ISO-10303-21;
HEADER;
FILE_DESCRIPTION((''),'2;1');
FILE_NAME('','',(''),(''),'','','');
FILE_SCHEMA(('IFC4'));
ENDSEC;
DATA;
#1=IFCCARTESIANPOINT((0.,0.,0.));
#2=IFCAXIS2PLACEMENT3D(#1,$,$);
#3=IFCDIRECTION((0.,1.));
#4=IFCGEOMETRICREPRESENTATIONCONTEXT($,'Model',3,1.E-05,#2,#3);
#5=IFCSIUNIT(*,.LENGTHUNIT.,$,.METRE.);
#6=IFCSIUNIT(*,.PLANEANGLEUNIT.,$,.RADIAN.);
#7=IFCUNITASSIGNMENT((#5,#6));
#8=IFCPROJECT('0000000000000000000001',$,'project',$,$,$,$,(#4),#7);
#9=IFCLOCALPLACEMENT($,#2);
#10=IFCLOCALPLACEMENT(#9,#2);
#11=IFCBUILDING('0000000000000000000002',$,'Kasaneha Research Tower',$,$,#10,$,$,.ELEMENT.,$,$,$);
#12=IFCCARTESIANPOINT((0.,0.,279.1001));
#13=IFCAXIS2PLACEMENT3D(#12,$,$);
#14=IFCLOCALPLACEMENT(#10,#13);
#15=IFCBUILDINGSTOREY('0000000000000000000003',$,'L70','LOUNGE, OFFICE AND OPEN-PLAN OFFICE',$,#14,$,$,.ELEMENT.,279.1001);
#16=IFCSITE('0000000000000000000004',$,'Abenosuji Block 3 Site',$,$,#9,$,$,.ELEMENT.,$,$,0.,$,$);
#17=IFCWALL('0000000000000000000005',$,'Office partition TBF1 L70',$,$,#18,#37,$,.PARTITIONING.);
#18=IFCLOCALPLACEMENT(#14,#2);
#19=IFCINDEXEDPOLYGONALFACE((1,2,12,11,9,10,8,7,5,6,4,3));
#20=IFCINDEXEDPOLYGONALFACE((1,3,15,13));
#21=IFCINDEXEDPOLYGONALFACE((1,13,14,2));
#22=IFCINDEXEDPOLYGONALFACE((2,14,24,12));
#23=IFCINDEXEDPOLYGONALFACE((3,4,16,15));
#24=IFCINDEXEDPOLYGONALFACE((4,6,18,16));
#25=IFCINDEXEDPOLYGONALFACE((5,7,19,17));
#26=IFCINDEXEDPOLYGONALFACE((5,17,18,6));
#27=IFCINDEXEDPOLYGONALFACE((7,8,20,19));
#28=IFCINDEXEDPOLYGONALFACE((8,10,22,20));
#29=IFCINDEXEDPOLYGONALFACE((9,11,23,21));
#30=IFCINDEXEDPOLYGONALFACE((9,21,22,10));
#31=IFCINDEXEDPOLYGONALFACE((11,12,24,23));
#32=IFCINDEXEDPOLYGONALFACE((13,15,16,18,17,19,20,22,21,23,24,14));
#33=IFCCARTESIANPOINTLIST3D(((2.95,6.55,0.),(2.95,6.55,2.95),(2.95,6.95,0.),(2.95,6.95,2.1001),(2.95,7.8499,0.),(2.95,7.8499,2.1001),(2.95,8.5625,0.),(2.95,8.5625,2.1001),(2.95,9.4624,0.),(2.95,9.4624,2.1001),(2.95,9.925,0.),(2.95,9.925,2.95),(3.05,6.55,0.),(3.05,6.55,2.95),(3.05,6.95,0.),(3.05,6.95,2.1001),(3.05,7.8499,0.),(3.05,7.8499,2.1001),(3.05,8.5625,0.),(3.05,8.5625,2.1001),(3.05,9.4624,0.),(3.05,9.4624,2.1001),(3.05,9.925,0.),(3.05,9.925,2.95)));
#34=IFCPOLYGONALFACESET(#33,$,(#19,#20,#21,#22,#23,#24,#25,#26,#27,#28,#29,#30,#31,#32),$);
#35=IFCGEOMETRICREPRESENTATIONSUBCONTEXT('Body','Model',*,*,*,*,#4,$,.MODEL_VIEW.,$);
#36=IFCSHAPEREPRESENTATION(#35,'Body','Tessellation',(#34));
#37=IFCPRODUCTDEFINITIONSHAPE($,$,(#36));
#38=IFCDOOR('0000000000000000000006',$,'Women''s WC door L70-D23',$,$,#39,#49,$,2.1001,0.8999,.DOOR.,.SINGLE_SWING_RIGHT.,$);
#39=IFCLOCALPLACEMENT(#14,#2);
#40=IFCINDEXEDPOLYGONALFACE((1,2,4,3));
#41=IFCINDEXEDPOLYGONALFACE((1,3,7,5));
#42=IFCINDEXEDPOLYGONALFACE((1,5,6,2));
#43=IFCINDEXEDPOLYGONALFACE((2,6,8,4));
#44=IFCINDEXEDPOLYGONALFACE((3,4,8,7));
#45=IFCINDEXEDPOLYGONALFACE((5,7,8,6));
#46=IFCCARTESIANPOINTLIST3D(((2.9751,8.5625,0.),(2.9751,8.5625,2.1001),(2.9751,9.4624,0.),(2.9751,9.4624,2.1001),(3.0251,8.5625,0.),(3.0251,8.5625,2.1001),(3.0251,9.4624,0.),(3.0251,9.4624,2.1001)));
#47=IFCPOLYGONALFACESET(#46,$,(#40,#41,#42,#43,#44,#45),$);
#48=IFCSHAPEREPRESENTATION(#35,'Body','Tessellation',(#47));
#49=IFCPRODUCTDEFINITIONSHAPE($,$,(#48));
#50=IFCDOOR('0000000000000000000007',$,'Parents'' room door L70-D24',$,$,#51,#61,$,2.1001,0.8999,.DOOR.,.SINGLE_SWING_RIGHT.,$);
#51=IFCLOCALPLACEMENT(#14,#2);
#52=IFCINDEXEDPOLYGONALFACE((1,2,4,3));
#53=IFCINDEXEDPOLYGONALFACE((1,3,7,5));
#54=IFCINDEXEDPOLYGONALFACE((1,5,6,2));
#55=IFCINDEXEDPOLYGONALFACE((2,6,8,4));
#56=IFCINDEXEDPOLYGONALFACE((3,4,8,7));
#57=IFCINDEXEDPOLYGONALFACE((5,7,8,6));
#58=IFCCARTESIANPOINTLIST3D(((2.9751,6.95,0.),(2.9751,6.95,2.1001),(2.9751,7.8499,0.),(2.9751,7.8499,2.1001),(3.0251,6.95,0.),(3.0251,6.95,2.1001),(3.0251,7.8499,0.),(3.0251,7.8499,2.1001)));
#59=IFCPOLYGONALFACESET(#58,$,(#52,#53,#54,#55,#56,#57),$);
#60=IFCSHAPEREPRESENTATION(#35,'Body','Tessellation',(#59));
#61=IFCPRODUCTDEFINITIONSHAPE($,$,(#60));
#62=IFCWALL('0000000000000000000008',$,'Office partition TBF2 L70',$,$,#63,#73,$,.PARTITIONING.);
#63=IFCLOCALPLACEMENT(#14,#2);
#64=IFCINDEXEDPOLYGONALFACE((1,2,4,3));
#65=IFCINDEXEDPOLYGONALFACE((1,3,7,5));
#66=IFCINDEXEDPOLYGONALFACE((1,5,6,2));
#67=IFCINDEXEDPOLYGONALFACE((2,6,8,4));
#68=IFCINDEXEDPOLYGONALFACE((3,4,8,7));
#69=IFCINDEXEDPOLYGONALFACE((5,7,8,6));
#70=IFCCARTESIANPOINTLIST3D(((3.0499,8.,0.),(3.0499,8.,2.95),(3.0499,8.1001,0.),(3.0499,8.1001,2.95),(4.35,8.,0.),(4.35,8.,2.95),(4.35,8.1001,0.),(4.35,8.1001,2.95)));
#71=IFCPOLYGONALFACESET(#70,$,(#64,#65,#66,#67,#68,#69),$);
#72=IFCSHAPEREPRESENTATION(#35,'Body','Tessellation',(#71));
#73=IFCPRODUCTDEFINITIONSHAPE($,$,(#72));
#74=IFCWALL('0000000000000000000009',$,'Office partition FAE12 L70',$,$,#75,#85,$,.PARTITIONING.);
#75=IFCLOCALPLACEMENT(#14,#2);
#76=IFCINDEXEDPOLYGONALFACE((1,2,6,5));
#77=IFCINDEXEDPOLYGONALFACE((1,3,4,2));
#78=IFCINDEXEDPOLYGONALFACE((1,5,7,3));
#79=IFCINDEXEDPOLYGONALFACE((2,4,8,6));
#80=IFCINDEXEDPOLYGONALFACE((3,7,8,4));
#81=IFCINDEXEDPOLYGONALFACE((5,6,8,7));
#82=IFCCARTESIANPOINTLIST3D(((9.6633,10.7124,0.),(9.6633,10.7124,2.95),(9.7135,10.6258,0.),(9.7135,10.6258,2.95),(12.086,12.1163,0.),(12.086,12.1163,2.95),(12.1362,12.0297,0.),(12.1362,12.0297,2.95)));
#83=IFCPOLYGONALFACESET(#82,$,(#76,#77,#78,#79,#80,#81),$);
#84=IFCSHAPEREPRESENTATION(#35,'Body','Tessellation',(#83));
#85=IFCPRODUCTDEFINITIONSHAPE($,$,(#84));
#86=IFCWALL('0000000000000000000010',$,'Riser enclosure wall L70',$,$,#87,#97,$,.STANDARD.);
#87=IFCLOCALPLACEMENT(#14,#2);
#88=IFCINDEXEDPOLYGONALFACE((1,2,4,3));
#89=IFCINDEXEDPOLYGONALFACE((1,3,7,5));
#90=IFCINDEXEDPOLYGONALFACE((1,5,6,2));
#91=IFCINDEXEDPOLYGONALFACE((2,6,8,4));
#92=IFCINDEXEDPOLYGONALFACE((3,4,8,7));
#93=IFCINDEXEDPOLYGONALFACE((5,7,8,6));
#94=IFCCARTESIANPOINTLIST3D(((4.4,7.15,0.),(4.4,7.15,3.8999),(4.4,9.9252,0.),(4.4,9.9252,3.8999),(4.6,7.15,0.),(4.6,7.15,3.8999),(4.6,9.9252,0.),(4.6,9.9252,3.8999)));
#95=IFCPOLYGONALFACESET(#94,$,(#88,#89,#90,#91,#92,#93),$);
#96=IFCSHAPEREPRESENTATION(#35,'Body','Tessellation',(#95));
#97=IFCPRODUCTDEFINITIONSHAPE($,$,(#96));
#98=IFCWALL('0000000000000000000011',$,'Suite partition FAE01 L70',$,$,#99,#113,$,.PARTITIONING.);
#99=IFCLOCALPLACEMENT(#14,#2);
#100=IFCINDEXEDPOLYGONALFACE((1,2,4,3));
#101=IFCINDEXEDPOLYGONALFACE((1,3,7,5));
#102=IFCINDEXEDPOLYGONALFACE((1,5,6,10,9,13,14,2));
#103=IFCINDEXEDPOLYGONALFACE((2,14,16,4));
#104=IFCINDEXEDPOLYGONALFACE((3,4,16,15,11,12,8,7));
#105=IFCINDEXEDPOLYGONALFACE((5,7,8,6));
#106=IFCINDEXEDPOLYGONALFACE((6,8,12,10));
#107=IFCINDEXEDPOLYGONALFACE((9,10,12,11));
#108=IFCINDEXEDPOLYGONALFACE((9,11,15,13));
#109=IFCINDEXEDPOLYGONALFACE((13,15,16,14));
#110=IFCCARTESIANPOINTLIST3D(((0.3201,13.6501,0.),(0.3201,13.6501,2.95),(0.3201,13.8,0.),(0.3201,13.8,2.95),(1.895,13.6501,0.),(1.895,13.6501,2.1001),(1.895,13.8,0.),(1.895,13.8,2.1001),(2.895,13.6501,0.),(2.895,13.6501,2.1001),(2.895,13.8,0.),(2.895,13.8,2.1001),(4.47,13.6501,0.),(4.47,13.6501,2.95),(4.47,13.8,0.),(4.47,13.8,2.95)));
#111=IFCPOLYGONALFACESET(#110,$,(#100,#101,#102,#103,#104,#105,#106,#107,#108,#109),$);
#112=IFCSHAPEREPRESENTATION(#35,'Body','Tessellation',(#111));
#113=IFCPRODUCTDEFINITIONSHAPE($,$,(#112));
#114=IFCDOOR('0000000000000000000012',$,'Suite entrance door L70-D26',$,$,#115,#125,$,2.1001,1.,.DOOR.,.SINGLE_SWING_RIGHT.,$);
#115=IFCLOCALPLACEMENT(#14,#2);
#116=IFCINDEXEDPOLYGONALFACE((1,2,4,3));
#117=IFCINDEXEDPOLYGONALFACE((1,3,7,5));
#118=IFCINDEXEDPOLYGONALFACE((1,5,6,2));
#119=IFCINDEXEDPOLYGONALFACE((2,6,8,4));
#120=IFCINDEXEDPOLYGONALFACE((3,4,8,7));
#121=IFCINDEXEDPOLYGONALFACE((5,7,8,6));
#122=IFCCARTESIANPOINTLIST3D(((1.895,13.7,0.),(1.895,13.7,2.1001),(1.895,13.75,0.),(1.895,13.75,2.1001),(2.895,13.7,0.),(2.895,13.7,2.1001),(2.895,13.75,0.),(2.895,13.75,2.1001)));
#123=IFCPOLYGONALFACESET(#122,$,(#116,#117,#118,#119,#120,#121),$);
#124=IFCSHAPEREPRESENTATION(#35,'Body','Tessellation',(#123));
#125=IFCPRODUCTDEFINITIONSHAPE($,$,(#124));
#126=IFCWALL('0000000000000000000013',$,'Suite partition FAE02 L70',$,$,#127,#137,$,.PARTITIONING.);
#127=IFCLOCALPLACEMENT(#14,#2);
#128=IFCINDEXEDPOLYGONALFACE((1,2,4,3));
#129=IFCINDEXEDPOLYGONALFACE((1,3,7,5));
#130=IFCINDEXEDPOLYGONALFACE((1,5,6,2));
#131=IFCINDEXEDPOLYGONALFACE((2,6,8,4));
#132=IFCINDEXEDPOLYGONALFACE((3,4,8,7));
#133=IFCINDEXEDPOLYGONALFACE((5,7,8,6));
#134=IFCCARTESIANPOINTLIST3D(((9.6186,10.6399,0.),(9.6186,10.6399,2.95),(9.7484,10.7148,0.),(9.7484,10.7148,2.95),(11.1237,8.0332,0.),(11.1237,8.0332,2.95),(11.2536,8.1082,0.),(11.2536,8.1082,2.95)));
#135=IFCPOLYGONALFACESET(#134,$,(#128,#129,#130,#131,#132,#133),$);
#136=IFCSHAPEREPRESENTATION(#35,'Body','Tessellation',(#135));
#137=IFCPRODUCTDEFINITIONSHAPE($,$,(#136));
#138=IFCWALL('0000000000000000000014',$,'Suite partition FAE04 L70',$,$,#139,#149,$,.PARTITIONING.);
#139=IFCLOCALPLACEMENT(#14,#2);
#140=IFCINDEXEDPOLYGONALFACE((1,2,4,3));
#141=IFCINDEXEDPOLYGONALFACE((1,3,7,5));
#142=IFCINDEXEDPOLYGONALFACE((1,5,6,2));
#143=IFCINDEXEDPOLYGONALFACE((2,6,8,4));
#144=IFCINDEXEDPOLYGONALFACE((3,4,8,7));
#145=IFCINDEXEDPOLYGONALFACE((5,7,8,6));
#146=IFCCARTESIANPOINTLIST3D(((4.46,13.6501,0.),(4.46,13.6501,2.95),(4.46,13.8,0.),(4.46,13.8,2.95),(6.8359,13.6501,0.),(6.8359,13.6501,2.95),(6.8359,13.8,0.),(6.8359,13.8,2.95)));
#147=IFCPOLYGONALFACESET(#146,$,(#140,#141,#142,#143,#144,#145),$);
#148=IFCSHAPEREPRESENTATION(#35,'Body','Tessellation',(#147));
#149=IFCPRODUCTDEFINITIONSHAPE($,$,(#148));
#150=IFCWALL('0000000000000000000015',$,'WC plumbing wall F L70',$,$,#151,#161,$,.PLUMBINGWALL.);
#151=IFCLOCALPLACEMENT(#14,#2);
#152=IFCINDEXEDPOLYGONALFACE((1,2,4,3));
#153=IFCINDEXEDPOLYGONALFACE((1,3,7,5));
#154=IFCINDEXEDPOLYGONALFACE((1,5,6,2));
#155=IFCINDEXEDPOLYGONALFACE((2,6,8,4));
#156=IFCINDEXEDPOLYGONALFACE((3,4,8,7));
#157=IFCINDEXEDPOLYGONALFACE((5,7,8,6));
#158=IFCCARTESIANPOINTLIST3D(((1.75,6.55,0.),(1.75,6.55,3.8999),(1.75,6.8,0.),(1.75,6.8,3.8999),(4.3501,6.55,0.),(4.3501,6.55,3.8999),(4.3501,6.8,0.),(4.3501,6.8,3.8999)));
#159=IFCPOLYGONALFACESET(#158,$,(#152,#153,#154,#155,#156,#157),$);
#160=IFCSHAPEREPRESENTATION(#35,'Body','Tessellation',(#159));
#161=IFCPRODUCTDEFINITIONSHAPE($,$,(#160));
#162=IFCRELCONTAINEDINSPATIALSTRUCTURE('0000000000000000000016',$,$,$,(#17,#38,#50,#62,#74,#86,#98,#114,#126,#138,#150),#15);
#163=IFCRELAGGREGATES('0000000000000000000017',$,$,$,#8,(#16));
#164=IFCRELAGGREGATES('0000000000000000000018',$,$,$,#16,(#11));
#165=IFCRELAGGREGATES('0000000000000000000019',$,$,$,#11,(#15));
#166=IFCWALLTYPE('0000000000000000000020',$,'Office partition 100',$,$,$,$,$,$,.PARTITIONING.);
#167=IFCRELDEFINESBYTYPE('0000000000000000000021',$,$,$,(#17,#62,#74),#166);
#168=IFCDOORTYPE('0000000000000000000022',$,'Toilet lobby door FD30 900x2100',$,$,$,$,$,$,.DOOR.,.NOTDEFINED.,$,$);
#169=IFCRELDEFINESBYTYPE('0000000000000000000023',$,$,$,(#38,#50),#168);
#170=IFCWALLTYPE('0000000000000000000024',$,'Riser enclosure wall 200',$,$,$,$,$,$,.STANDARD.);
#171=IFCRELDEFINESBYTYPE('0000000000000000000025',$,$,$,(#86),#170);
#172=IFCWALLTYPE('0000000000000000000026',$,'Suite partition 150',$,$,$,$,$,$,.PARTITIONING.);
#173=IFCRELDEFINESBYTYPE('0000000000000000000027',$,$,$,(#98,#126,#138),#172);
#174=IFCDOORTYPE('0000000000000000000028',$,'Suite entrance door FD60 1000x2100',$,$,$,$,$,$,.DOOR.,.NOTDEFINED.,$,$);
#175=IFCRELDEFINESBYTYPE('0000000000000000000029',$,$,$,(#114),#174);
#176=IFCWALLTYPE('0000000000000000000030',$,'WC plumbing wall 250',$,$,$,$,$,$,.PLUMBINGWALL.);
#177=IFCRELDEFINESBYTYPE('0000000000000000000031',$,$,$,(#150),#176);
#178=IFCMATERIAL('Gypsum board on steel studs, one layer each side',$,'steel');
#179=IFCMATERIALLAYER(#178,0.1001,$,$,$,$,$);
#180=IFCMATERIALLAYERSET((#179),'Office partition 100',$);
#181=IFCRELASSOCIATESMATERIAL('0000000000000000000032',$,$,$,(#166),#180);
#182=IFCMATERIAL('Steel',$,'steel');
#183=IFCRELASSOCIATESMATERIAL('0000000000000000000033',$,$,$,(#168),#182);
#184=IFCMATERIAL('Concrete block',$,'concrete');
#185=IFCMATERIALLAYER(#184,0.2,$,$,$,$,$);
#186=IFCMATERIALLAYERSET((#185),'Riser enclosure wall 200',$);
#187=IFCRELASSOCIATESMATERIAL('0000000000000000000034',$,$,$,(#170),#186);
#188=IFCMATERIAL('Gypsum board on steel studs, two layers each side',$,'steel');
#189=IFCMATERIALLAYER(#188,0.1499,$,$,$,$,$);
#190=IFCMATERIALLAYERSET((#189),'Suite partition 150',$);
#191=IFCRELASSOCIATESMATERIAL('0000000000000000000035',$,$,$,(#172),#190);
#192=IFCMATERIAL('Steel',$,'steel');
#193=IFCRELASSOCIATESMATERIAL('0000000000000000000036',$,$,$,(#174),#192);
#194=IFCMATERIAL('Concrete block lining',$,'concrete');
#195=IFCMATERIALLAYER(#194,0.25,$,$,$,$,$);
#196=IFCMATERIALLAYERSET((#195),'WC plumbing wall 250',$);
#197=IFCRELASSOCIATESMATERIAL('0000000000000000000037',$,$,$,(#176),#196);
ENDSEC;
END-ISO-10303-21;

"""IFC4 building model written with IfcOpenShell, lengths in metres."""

from ifc_helpers import new_model, si_unit, direction, frame, frame_2d, origin, place, context, subcontext, project, spatial, rectangle, extrude, material, layer, layer_set, type_object, element, fill, save


model = new_model("IFC4")

# Units and contexts
model_context = context("Model", 3, precision=1e-05, world=origin(), true_north=direction((0.0, 1.0)))
body_context = subcontext(model_context, "Body", "Model", "MODEL_VIEW")
ifc_project = project(units=[si_unit("LENGTHUNIT", "METRE"), si_unit("PLANEANGLEUNIT", "RADIAN")], contexts=[model_context])

# Site, building, storey
site_placement = place(None, origin())
site = spatial("IfcSite", under=ifc_project, at=site_placement, Name="Abenosuji Block 3 Site", CompositionType="ELEMENT", RefElevation=0.0)
building_placement = place(site_placement, origin())
building = spatial("IfcBuilding", under=site, at=building_placement, Name="Kasaneha Research Tower", CompositionType="ELEMENT")
storey_placement = place(building_placement, frame((0.0, 0.0, 279.1001)))
storey = spatial("IfcBuildingStorey", under=building, at=storey_placement, Name="L70", Description="LOUNGE, OFFICE AND OPEN-PLAN OFFICE", CompositionType="ELEMENT", Elevation=279.1001)

# Wall, openings, doors
ifc_material_1 = material(Name="Gypsum board on steel studs, one layer each side", Category="steel")
ifc_layer_1 = layer(ifc_material_1, 0.1001)
ifc_layer_set_1 = layer_set([ifc_layer_1], Name="Office partition 100")
wall_type_1 = type_object("IfcWallType", Name="Office partition 100", PredefinedType="PARTITIONING", material=ifc_layer_set_1)
wall_1_placement = place(storey_placement, frame((3.0, 6.55, 0.0), z_axis=(0.0, 0.0, 1.0), x_axis=(0.0, 1.0, 0.0)))
wall_1 = element("IfcWall", 1, at=wall_1_placement, inside=storey, type_object=wall_type_1, Name="Office partition TBF1 L70", PredefinedType="PARTITIONING", context=body_context, shape_type="SweptSolid", body=[
    extrude(rectangle(XDim=3.375, YDim=0.1001, at=frame_2d((1.6875, 0.0))), origin(), (0.0, 0.0, 1.0), 2.95),
])
opening_1_placement = place(wall_1_placement, frame((2.0125, 0.0, 0.0)))
opening_1 = element("IfcOpeningElement", 2, at=opening_1_placement, cuts=wall_1, PredefinedType="OPENING", context=body_context, shape_type="SweptSolid", body=[
    extrude(rectangle(XDim=0.8999, YDim=2.1001, at=frame_2d((0.45, 1.05))), frame((0.0, 0.0601, 0.0), z_axis=(0.0, -1.0, 0.0), x_axis=(1.0, 0.0, 0.0)), (0.0, 0.0, 1.0), 0.1201),
])
opening_2_placement = place(wall_1_placement, frame((0.3999, 0.0, 0.0)))
opening_2 = element("IfcOpeningElement", 3, at=opening_2_placement, cuts=wall_1, PredefinedType="OPENING", context=body_context, shape_type="SweptSolid", body=[
    extrude(rectangle(XDim=0.8999, YDim=2.1001, at=frame_2d((0.45, 1.05))), frame((0.0, 0.0601, 0.0), z_axis=(0.0, -1.0, 0.0), x_axis=(1.0, 0.0, 0.0)), (0.0, 0.0, 1.0), 0.1201),
])
ifc_material_2 = material(Name="Steel", Category="steel")
door_type_1 = type_object("IfcDoorType", Name="Toilet lobby door FD30 900x2100", OperationType="NOTDEFINED", PredefinedType="DOOR", material=ifc_material_2)
door_1_placement = place(opening_1_placement, origin())
door_1 = element("IfcDoor", 4, at=door_1_placement, inside=storey, type_object=door_type_1, Name="Women's WC door L70-D23", OperationType="SINGLE_SWING_RIGHT", OverallHeight=2.1001, OverallWidth=0.8999, PredefinedType="DOOR", context=body_context, shape_type="SweptSolid", body=[
    extrude(rectangle(XDim=0.8999, YDim=2.1001, at=frame_2d((0.45, 1.05))), frame((0.0, 0.0249, 0.0), z_axis=(0.0, -1.0, 0.0), x_axis=(1.0, 0.0, 0.0)), (0.0, 0.0, 1.0), 0.05),
])
fill(opening_1, door_1)
door_2_placement = place(opening_2_placement, origin())
door_2 = element("IfcDoor", 5, at=door_2_placement, inside=storey, type_object=door_type_1, Name="Parents' room door L70-D24", OperationType="SINGLE_SWING_RIGHT", OverallHeight=2.1001, OverallWidth=0.8999, PredefinedType="DOOR", context=body_context, shape_type="SweptSolid", body=[
    extrude(rectangle(XDim=0.8999, YDim=2.1001, at=frame_2d((0.45, 1.05))), frame((0.0, 0.0249, 0.0), z_axis=(0.0, -1.0, 0.0), x_axis=(1.0, 0.0, 0.0)), (0.0, 0.0, 1.0), 0.05),
])
fill(opening_2, door_2)

# Walls
wall_2_placement = place(storey_placement, frame((3.05, 8.05, 0.0), z_axis=(0.0, 0.0, 1.0), x_axis=(1.0, 0.0, 0.0)))
element("IfcWall", 6, at=wall_2_placement, inside=storey, type_object=wall_type_1, Name="Office partition TBF2 L70", PredefinedType="PARTITIONING", context=body_context, shape_type="SweptSolid", body=[
    extrude(rectangle(XDim=1.3, YDim=0.1001, at=frame_2d((0.6499, 0.0))), origin(), (0.0, 0.0, 1.0), 2.95),
])
wall_3_placement = place(storey_placement, frame((9.6885, 10.6692, 0.0), z_axis=(0.0, 0.0, 1.0), x_axis=(0.865233, 0.50137, 0.0)))
element("IfcWall", 7, at=wall_3_placement, inside=storey, type_object=wall_type_1, Name="Office partition FAE12 L70", PredefinedType="PARTITIONING", context=body_context, shape_type="SweptSolid", body=[
    extrude(rectangle(XDim=2.8, YDim=0.1001, at=frame_2d((1.3999, 0.0))), origin(), (0.0, 0.0, 1.0), 2.95),
])
ifc_material_3 = material(Name="Concrete block", Category="concrete")
ifc_layer_2 = layer(ifc_material_3, 0.2)
ifc_layer_set_2 = layer_set([ifc_layer_2], Name="Riser enclosure wall 200")
wall_type_2 = type_object("IfcWallType", Name="Riser enclosure wall 200", PredefinedType="STANDARD", material=ifc_layer_set_2)
wall_4_placement = place(storey_placement, frame((4.5, 7.1499, 0.0), z_axis=(0.0, 0.0, 1.0), x_axis=(0.0, 1.0, 0.0)))
element("IfcWall", 8, at=wall_4_placement, inside=storey, type_object=wall_type_2, Name="Riser enclosure wall L70", PredefinedType="STANDARD", context=body_context, shape_type="SweptSolid", body=[
    extrude(rectangle(XDim=2.7751, YDim=0.2, at=frame_2d((1.3877, 0.0))), origin(), (0.0, 0.0, 1.0), 3.8999),
])

# Wall, opening, door
ifc_material_4 = material(Name="Gypsum board on steel studs, two layers each side", Category="steel")
ifc_layer_3 = layer(ifc_material_4, 0.1499)
ifc_layer_set_3 = layer_set([ifc_layer_3], Name="Suite partition 150")
wall_type_3 = type_object("IfcWallType", Name="Suite partition 150", PredefinedType="PARTITIONING", material=ifc_layer_set_3)
wall_5_placement = place(storey_placement, frame((0.3201, 13.7251, 0.0), z_axis=(0.0, 0.0, 1.0), x_axis=(1.0, 0.0, 0.0)))
wall_5 = element("IfcWall", 9, at=wall_5_placement, inside=storey, type_object=wall_type_3, Name="Suite partition FAE01 L70", PredefinedType="PARTITIONING", context=body_context, shape_type="SweptSolid", body=[
    extrude(rectangle(XDim=4.1499, YDim=0.1499, at=frame_2d((2.075, 0.0))), origin(), (0.0, 0.0, 1.0), 2.95),
])
opening_3_placement = place(wall_5_placement, frame((1.575, 0.0, 0.0)))
opening_3 = element("IfcOpeningElement", 10, at=opening_3_placement, cuts=wall_5, PredefinedType="OPENING", context=body_context, shape_type="SweptSolid", body=[
    extrude(rectangle(XDim=1.0, YDim=2.1001, at=frame_2d((0.5, 1.05))), frame((0.0, 0.085, 0.0), z_axis=(0.0, -1.0, 0.0), x_axis=(1.0, 0.0, 0.0)), (0.0, 0.0, 1.0), 0.1699),
])
ifc_material_5 = material(Name="Steel", Category="steel")
door_type_2 = type_object("IfcDoorType", Name="Suite entrance door FD60 1000x2100", OperationType="NOTDEFINED", PredefinedType="DOOR", material=ifc_material_5)
door_3_placement = place(opening_3_placement, origin())
door_3 = element("IfcDoor", 11, at=door_3_placement, inside=storey, type_object=door_type_2, Name="Suite entrance door L70-D26", OperationType="SINGLE_SWING_RIGHT", OverallHeight=2.1001, OverallWidth=1.0, PredefinedType="DOOR", context=body_context, shape_type="SweptSolid", body=[
    extrude(rectangle(XDim=1.0, YDim=2.1001, at=frame_2d((0.5, 1.05))), frame((0.0, 0.0249, 0.0), z_axis=(0.0, -1.0, 0.0), x_axis=(1.0, 0.0, 0.0)), (0.0, 0.0, 1.0), 0.05),
])
fill(opening_3, door_3)

# Walls
wall_6_placement = place(storey_placement, frame((9.6836, 10.6772, 0.0), z_axis=(0.0, 0.0, 1.0), x_axis=(0.500038, -0.866003, 0.0)))
element("IfcWall", 12, at=wall_6_placement, inside=storey, type_object=wall_type_3, Name="Suite partition FAE02 L70", PredefinedType="PARTITIONING", context=body_context, shape_type="SweptSolid", body=[
    extrude(rectangle(XDim=3.01, YDim=0.1499, at=frame_2d((1.5049, 0.0))), origin(), (0.0, 0.0, 1.0), 2.95),
])
wall_7_placement = place(storey_placement, frame((4.46, 13.7251, 0.0), z_axis=(0.0, 0.0, 1.0), x_axis=(1.0, 0.0, 0.0)))
element("IfcWall", 13, at=wall_7_placement, inside=storey, type_object=wall_type_3, Name="Suite partition FAE04 L70", PredefinedType="PARTITIONING", context=body_context, shape_type="SweptSolid", body=[
    extrude(rectangle(XDim=2.376, YDim=0.1499, at=frame_2d((1.188, 0.0))), origin(), (0.0, 0.0, 1.0), 2.95),
])
ifc_material_6 = material(Name="Concrete block lining", Category="concrete")
ifc_layer_4 = layer(ifc_material_6, 0.25)
ifc_layer_set_4 = layer_set([ifc_layer_4], Name="WC plumbing wall 250")
wall_type_4 = type_object("IfcWallType", Name="WC plumbing wall 250", PredefinedType="PLUMBINGWALL", material=ifc_layer_set_4)
wall_8_placement = place(storey_placement, frame((1.75, 6.675, 0.0), z_axis=(0.0, 0.0, 1.0), x_axis=(1.0, 0.0, 0.0)))
element("IfcWall", 14, at=wall_8_placement, inside=storey, type_object=wall_type_4, Name="WC plumbing wall F L70", PredefinedType="PLUMBINGWALL", context=body_context, shape_type="SweptSolid", body=[
    extrude(rectangle(XDim=2.6001, YDim=0.25, at=frame_2d((1.3, 0.0))), origin(), (0.0, 0.0, 1.0), 3.8999),
])

save(model, "model.ifc")
